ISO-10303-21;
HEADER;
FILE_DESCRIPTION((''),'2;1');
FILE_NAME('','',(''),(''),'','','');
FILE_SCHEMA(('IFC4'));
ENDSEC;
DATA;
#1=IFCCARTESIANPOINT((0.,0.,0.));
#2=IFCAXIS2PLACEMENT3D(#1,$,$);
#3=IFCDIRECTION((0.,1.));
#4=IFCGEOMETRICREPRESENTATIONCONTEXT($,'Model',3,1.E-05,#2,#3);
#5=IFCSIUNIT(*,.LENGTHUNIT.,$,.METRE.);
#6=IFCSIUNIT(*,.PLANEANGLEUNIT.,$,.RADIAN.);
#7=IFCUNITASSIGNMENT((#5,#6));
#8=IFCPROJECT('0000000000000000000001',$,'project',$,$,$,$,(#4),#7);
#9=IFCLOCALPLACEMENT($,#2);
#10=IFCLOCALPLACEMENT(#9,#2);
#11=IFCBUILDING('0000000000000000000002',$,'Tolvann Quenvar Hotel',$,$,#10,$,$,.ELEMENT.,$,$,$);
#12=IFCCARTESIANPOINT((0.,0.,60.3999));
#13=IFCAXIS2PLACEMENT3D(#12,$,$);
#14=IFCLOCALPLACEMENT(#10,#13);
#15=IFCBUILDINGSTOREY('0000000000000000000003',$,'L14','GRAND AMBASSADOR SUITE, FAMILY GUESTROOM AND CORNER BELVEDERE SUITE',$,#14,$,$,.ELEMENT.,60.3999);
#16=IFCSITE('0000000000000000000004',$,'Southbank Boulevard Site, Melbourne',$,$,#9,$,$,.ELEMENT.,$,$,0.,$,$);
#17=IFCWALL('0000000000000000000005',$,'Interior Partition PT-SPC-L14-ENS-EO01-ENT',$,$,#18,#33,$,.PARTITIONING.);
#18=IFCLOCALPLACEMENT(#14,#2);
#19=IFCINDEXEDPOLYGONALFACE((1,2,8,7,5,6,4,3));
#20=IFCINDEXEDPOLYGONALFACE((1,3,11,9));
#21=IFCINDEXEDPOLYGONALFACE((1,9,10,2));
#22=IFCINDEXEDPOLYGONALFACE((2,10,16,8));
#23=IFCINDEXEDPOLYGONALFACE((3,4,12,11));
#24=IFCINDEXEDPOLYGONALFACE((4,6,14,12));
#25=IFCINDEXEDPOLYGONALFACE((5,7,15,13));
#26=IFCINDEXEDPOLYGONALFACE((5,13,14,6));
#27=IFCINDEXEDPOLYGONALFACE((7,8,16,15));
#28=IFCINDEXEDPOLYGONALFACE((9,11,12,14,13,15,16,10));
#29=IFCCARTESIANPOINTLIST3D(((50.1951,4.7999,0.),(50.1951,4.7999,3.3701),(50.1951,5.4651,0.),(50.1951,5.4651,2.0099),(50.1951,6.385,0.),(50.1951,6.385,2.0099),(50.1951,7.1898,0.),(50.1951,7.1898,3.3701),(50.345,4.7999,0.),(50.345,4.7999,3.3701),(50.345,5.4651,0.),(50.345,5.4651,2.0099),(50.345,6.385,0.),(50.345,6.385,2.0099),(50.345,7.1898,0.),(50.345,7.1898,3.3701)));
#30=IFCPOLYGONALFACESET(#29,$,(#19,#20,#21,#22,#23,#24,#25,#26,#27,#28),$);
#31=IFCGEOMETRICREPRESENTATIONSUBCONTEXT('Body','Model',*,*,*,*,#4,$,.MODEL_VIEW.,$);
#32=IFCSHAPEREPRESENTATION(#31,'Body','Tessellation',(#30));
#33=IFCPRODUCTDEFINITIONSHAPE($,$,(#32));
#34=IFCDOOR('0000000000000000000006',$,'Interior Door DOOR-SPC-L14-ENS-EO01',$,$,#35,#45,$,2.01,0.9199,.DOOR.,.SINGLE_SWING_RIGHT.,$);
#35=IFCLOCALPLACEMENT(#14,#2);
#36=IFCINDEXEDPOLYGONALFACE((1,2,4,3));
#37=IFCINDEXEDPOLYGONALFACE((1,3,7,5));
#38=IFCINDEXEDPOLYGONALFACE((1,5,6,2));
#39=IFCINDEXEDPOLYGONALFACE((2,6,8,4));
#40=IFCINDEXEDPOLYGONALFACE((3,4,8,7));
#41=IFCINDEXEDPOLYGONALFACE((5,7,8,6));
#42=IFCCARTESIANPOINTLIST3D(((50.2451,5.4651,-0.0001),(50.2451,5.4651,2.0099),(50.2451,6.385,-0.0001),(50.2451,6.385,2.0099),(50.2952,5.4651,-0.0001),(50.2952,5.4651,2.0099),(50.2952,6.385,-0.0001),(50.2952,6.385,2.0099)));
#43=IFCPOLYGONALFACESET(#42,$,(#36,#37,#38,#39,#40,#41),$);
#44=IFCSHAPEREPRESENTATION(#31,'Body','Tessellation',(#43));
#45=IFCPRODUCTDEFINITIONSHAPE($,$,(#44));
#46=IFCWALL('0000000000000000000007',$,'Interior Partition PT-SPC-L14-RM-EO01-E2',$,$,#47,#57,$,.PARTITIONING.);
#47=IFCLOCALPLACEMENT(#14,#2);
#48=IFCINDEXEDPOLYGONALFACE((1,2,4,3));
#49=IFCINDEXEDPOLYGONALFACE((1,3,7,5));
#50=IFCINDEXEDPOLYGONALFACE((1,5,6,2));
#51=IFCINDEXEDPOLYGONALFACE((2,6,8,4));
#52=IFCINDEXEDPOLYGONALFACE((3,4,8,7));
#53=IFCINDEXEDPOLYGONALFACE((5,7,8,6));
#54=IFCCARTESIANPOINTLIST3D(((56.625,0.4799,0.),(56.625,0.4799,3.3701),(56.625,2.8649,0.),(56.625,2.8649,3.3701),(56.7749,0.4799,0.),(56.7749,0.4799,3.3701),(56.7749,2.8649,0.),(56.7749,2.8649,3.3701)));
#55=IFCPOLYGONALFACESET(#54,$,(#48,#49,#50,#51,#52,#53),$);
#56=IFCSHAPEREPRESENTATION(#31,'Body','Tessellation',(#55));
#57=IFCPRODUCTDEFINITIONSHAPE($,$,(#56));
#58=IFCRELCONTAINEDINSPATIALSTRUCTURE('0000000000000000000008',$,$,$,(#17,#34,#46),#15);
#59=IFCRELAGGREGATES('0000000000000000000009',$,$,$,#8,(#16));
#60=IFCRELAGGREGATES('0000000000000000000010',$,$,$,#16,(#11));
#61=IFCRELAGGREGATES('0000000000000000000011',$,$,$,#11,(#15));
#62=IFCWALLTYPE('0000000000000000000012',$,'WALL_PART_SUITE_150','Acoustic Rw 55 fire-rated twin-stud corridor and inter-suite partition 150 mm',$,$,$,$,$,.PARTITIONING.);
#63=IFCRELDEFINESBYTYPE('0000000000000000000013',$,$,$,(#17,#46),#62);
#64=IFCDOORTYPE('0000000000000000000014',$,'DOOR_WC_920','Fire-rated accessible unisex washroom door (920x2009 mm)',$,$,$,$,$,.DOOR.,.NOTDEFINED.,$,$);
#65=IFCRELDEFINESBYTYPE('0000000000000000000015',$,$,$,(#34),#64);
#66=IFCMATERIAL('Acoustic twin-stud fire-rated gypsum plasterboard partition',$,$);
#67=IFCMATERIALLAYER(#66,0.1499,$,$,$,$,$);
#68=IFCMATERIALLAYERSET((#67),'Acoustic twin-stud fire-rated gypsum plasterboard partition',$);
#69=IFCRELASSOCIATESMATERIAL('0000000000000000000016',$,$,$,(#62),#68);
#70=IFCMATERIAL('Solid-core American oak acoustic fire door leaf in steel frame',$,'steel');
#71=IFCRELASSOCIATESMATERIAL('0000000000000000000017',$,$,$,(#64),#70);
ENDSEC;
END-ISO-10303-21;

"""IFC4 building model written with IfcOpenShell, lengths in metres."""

from ifc_helpers import new_model, si_unit, direction, frame, frame_2d, origin, place, context, subcontext, project, spatial, rectangle, extrude, source, transform, mapped, material, layer, layer_set, type_object, type_shapes, element, fill, save


model = new_model("IFC4")

# Units and contexts
model_context = context("Model", 3, precision=1e-05, world=origin(), true_north=direction((0.0, 1.0)))
body_context = subcontext(model_context, "Body", "Model", "MODEL_VIEW")
ifc_project = project(units=[si_unit("LENGTHUNIT", "METRE"), si_unit("PLANEANGLEUNIT", "RADIAN")], contexts=[model_context])

# Site, building, storey
site_placement = place(None, origin())
site = spatial("IfcSite", under=ifc_project, at=site_placement, Name="Southbank Boulevard Site, Melbourne", CompositionType="ELEMENT", RefElevation=0.0)
building_placement = place(site_placement, origin())
building = spatial("IfcBuilding", under=site, at=building_placement, Name="Tolvann Quenvar Hotel", CompositionType="ELEMENT")
storey_placement = place(building_placement, frame((0.0, 0.0, 60.3999)))
storey = spatial("IfcBuildingStorey", under=building, at=storey_placement, Name="L14", Description="GRAND AMBASSADOR SUITE, FAMILY GUESTROOM AND CORNER BELVEDERE SUITE", CompositionType="ELEMENT", Elevation=60.3999)

# Wall, opening, door
ifc_material_1 = material(Name="Acoustic twin-stud fire-rated gypsum plasterboard partition")
ifc_layer_1 = layer(ifc_material_1, 0.1499)
ifc_layer_set_1 = layer_set([ifc_layer_1], Name="Acoustic twin-stud fire-rated gypsum plasterboard partition")
wall_type_1 = type_object("IfcWallType", Name="WALL_PART_SUITE_150", Description="Acoustic Rw 55 fire-rated twin-stud corridor and inter-suite partition 150 mm", PredefinedType="PARTITIONING", material=ifc_layer_set_1)
wall_1_placement = place(storey_placement, frame((50.27, 4.8, 0.0), z_axis=(0.0, 0.0, 1.0), x_axis=(0.0, 1.0, 0.0)))
wall_1 = element("IfcWall", 1, at=wall_1_placement, inside=storey, type_object=wall_type_1, Name="Interior Partition PT-SPC-L14-ENS-EO01-ENT", PredefinedType="PARTITIONING", context=body_context, shape_type="SweptSolid", body=[
    extrude(rectangle(XDim=2.3899, YDim=0.1499, at=frame_2d((1.1948, 0.0))), origin(), (0.0, 0.0, 1.0), 3.3701),
])
opening_1_placement = place(wall_1_placement, frame((0.665, 0.0, 0.0)))
opening_1 = element("IfcOpeningElement", 2, at=opening_1_placement, cuts=wall_1, PredefinedType="OPENING", context=body_context, shape_type="SweptSolid", body=[
    extrude(rectangle(XDim=0.9199, YDim=2.01, at=frame_2d((0.46, 1.0049))), frame((0.0, 0.085, 0.0), z_axis=(0.0, -1.0, 0.0), x_axis=(1.0, 0.0, 0.0)), (0.0, 0.0, 1.0), 0.1699),
])
ifc_material_2 = material(Name="Solid-core American oak acoustic fire door leaf in steel frame", Category="steel")
door_type_1 = type_object("IfcDoorType", Name="DOOR_WC_920", Description="Fire-rated accessible unisex washroom door (920x2009 mm)", OperationType="NOTDEFINED", PredefinedType="DOOR", material=ifc_material_2)
shared_shape_1 = source(origin(), body_context, "Body", "SweptSolid", [
    extrude(rectangle(XDim=0.9199, YDim=2.01, at=frame_2d((0.46, 1.0049))), frame((0.0, 0.0249, 0.0), z_axis=(0.0, -1.0, 0.0), x_axis=(1.0, 0.0, 0.0)), (0.0, 0.0, 1.0), 0.05),
])
type_shapes(door_type_1, [shared_shape_1])
door_1_placement = place(opening_1_placement, origin())
door_1 = element("IfcDoor", 3, at=door_1_placement, inside=storey, type_object=door_type_1, Name="Interior Door DOOR-SPC-L14-ENS-EO01", OperationType="SINGLE_SWING_RIGHT", OverallHeight=2.01, OverallWidth=0.9199, PredefinedType="DOOR", context=body_context, shape_type="MappedRepresentation", body=[
    mapped(shared_shape_1, transform((0.0, 0.0, 0.0), x_axis=(1.0, 0.0, 0.0), y_axis=(0.0, 1.0, 0.0), z_axis=(0.0, 0.0, 1.0), scale=1.0)),
])
fill(opening_1, door_1)

# Wall
wall_2_placement = place(storey_placement, frame((56.7, 0.48, 0.0), z_axis=(0.0, 0.0, 1.0), x_axis=(0.0, 1.0, 0.0)))
element("IfcWall", 4, at=wall_2_placement, inside=storey, type_object=wall_type_1, Name="Interior Partition PT-SPC-L14-RM-EO01-E2", PredefinedType="PARTITIONING", context=body_context, shape_type="SweptSolid", body=[
    extrude(rectangle(XDim=2.385, YDim=0.1499, at=frame_2d((1.1924, 0.0))), origin(), (0.0, 0.0, 1.0), 3.3701),
])

save(model, "model.ifc")
